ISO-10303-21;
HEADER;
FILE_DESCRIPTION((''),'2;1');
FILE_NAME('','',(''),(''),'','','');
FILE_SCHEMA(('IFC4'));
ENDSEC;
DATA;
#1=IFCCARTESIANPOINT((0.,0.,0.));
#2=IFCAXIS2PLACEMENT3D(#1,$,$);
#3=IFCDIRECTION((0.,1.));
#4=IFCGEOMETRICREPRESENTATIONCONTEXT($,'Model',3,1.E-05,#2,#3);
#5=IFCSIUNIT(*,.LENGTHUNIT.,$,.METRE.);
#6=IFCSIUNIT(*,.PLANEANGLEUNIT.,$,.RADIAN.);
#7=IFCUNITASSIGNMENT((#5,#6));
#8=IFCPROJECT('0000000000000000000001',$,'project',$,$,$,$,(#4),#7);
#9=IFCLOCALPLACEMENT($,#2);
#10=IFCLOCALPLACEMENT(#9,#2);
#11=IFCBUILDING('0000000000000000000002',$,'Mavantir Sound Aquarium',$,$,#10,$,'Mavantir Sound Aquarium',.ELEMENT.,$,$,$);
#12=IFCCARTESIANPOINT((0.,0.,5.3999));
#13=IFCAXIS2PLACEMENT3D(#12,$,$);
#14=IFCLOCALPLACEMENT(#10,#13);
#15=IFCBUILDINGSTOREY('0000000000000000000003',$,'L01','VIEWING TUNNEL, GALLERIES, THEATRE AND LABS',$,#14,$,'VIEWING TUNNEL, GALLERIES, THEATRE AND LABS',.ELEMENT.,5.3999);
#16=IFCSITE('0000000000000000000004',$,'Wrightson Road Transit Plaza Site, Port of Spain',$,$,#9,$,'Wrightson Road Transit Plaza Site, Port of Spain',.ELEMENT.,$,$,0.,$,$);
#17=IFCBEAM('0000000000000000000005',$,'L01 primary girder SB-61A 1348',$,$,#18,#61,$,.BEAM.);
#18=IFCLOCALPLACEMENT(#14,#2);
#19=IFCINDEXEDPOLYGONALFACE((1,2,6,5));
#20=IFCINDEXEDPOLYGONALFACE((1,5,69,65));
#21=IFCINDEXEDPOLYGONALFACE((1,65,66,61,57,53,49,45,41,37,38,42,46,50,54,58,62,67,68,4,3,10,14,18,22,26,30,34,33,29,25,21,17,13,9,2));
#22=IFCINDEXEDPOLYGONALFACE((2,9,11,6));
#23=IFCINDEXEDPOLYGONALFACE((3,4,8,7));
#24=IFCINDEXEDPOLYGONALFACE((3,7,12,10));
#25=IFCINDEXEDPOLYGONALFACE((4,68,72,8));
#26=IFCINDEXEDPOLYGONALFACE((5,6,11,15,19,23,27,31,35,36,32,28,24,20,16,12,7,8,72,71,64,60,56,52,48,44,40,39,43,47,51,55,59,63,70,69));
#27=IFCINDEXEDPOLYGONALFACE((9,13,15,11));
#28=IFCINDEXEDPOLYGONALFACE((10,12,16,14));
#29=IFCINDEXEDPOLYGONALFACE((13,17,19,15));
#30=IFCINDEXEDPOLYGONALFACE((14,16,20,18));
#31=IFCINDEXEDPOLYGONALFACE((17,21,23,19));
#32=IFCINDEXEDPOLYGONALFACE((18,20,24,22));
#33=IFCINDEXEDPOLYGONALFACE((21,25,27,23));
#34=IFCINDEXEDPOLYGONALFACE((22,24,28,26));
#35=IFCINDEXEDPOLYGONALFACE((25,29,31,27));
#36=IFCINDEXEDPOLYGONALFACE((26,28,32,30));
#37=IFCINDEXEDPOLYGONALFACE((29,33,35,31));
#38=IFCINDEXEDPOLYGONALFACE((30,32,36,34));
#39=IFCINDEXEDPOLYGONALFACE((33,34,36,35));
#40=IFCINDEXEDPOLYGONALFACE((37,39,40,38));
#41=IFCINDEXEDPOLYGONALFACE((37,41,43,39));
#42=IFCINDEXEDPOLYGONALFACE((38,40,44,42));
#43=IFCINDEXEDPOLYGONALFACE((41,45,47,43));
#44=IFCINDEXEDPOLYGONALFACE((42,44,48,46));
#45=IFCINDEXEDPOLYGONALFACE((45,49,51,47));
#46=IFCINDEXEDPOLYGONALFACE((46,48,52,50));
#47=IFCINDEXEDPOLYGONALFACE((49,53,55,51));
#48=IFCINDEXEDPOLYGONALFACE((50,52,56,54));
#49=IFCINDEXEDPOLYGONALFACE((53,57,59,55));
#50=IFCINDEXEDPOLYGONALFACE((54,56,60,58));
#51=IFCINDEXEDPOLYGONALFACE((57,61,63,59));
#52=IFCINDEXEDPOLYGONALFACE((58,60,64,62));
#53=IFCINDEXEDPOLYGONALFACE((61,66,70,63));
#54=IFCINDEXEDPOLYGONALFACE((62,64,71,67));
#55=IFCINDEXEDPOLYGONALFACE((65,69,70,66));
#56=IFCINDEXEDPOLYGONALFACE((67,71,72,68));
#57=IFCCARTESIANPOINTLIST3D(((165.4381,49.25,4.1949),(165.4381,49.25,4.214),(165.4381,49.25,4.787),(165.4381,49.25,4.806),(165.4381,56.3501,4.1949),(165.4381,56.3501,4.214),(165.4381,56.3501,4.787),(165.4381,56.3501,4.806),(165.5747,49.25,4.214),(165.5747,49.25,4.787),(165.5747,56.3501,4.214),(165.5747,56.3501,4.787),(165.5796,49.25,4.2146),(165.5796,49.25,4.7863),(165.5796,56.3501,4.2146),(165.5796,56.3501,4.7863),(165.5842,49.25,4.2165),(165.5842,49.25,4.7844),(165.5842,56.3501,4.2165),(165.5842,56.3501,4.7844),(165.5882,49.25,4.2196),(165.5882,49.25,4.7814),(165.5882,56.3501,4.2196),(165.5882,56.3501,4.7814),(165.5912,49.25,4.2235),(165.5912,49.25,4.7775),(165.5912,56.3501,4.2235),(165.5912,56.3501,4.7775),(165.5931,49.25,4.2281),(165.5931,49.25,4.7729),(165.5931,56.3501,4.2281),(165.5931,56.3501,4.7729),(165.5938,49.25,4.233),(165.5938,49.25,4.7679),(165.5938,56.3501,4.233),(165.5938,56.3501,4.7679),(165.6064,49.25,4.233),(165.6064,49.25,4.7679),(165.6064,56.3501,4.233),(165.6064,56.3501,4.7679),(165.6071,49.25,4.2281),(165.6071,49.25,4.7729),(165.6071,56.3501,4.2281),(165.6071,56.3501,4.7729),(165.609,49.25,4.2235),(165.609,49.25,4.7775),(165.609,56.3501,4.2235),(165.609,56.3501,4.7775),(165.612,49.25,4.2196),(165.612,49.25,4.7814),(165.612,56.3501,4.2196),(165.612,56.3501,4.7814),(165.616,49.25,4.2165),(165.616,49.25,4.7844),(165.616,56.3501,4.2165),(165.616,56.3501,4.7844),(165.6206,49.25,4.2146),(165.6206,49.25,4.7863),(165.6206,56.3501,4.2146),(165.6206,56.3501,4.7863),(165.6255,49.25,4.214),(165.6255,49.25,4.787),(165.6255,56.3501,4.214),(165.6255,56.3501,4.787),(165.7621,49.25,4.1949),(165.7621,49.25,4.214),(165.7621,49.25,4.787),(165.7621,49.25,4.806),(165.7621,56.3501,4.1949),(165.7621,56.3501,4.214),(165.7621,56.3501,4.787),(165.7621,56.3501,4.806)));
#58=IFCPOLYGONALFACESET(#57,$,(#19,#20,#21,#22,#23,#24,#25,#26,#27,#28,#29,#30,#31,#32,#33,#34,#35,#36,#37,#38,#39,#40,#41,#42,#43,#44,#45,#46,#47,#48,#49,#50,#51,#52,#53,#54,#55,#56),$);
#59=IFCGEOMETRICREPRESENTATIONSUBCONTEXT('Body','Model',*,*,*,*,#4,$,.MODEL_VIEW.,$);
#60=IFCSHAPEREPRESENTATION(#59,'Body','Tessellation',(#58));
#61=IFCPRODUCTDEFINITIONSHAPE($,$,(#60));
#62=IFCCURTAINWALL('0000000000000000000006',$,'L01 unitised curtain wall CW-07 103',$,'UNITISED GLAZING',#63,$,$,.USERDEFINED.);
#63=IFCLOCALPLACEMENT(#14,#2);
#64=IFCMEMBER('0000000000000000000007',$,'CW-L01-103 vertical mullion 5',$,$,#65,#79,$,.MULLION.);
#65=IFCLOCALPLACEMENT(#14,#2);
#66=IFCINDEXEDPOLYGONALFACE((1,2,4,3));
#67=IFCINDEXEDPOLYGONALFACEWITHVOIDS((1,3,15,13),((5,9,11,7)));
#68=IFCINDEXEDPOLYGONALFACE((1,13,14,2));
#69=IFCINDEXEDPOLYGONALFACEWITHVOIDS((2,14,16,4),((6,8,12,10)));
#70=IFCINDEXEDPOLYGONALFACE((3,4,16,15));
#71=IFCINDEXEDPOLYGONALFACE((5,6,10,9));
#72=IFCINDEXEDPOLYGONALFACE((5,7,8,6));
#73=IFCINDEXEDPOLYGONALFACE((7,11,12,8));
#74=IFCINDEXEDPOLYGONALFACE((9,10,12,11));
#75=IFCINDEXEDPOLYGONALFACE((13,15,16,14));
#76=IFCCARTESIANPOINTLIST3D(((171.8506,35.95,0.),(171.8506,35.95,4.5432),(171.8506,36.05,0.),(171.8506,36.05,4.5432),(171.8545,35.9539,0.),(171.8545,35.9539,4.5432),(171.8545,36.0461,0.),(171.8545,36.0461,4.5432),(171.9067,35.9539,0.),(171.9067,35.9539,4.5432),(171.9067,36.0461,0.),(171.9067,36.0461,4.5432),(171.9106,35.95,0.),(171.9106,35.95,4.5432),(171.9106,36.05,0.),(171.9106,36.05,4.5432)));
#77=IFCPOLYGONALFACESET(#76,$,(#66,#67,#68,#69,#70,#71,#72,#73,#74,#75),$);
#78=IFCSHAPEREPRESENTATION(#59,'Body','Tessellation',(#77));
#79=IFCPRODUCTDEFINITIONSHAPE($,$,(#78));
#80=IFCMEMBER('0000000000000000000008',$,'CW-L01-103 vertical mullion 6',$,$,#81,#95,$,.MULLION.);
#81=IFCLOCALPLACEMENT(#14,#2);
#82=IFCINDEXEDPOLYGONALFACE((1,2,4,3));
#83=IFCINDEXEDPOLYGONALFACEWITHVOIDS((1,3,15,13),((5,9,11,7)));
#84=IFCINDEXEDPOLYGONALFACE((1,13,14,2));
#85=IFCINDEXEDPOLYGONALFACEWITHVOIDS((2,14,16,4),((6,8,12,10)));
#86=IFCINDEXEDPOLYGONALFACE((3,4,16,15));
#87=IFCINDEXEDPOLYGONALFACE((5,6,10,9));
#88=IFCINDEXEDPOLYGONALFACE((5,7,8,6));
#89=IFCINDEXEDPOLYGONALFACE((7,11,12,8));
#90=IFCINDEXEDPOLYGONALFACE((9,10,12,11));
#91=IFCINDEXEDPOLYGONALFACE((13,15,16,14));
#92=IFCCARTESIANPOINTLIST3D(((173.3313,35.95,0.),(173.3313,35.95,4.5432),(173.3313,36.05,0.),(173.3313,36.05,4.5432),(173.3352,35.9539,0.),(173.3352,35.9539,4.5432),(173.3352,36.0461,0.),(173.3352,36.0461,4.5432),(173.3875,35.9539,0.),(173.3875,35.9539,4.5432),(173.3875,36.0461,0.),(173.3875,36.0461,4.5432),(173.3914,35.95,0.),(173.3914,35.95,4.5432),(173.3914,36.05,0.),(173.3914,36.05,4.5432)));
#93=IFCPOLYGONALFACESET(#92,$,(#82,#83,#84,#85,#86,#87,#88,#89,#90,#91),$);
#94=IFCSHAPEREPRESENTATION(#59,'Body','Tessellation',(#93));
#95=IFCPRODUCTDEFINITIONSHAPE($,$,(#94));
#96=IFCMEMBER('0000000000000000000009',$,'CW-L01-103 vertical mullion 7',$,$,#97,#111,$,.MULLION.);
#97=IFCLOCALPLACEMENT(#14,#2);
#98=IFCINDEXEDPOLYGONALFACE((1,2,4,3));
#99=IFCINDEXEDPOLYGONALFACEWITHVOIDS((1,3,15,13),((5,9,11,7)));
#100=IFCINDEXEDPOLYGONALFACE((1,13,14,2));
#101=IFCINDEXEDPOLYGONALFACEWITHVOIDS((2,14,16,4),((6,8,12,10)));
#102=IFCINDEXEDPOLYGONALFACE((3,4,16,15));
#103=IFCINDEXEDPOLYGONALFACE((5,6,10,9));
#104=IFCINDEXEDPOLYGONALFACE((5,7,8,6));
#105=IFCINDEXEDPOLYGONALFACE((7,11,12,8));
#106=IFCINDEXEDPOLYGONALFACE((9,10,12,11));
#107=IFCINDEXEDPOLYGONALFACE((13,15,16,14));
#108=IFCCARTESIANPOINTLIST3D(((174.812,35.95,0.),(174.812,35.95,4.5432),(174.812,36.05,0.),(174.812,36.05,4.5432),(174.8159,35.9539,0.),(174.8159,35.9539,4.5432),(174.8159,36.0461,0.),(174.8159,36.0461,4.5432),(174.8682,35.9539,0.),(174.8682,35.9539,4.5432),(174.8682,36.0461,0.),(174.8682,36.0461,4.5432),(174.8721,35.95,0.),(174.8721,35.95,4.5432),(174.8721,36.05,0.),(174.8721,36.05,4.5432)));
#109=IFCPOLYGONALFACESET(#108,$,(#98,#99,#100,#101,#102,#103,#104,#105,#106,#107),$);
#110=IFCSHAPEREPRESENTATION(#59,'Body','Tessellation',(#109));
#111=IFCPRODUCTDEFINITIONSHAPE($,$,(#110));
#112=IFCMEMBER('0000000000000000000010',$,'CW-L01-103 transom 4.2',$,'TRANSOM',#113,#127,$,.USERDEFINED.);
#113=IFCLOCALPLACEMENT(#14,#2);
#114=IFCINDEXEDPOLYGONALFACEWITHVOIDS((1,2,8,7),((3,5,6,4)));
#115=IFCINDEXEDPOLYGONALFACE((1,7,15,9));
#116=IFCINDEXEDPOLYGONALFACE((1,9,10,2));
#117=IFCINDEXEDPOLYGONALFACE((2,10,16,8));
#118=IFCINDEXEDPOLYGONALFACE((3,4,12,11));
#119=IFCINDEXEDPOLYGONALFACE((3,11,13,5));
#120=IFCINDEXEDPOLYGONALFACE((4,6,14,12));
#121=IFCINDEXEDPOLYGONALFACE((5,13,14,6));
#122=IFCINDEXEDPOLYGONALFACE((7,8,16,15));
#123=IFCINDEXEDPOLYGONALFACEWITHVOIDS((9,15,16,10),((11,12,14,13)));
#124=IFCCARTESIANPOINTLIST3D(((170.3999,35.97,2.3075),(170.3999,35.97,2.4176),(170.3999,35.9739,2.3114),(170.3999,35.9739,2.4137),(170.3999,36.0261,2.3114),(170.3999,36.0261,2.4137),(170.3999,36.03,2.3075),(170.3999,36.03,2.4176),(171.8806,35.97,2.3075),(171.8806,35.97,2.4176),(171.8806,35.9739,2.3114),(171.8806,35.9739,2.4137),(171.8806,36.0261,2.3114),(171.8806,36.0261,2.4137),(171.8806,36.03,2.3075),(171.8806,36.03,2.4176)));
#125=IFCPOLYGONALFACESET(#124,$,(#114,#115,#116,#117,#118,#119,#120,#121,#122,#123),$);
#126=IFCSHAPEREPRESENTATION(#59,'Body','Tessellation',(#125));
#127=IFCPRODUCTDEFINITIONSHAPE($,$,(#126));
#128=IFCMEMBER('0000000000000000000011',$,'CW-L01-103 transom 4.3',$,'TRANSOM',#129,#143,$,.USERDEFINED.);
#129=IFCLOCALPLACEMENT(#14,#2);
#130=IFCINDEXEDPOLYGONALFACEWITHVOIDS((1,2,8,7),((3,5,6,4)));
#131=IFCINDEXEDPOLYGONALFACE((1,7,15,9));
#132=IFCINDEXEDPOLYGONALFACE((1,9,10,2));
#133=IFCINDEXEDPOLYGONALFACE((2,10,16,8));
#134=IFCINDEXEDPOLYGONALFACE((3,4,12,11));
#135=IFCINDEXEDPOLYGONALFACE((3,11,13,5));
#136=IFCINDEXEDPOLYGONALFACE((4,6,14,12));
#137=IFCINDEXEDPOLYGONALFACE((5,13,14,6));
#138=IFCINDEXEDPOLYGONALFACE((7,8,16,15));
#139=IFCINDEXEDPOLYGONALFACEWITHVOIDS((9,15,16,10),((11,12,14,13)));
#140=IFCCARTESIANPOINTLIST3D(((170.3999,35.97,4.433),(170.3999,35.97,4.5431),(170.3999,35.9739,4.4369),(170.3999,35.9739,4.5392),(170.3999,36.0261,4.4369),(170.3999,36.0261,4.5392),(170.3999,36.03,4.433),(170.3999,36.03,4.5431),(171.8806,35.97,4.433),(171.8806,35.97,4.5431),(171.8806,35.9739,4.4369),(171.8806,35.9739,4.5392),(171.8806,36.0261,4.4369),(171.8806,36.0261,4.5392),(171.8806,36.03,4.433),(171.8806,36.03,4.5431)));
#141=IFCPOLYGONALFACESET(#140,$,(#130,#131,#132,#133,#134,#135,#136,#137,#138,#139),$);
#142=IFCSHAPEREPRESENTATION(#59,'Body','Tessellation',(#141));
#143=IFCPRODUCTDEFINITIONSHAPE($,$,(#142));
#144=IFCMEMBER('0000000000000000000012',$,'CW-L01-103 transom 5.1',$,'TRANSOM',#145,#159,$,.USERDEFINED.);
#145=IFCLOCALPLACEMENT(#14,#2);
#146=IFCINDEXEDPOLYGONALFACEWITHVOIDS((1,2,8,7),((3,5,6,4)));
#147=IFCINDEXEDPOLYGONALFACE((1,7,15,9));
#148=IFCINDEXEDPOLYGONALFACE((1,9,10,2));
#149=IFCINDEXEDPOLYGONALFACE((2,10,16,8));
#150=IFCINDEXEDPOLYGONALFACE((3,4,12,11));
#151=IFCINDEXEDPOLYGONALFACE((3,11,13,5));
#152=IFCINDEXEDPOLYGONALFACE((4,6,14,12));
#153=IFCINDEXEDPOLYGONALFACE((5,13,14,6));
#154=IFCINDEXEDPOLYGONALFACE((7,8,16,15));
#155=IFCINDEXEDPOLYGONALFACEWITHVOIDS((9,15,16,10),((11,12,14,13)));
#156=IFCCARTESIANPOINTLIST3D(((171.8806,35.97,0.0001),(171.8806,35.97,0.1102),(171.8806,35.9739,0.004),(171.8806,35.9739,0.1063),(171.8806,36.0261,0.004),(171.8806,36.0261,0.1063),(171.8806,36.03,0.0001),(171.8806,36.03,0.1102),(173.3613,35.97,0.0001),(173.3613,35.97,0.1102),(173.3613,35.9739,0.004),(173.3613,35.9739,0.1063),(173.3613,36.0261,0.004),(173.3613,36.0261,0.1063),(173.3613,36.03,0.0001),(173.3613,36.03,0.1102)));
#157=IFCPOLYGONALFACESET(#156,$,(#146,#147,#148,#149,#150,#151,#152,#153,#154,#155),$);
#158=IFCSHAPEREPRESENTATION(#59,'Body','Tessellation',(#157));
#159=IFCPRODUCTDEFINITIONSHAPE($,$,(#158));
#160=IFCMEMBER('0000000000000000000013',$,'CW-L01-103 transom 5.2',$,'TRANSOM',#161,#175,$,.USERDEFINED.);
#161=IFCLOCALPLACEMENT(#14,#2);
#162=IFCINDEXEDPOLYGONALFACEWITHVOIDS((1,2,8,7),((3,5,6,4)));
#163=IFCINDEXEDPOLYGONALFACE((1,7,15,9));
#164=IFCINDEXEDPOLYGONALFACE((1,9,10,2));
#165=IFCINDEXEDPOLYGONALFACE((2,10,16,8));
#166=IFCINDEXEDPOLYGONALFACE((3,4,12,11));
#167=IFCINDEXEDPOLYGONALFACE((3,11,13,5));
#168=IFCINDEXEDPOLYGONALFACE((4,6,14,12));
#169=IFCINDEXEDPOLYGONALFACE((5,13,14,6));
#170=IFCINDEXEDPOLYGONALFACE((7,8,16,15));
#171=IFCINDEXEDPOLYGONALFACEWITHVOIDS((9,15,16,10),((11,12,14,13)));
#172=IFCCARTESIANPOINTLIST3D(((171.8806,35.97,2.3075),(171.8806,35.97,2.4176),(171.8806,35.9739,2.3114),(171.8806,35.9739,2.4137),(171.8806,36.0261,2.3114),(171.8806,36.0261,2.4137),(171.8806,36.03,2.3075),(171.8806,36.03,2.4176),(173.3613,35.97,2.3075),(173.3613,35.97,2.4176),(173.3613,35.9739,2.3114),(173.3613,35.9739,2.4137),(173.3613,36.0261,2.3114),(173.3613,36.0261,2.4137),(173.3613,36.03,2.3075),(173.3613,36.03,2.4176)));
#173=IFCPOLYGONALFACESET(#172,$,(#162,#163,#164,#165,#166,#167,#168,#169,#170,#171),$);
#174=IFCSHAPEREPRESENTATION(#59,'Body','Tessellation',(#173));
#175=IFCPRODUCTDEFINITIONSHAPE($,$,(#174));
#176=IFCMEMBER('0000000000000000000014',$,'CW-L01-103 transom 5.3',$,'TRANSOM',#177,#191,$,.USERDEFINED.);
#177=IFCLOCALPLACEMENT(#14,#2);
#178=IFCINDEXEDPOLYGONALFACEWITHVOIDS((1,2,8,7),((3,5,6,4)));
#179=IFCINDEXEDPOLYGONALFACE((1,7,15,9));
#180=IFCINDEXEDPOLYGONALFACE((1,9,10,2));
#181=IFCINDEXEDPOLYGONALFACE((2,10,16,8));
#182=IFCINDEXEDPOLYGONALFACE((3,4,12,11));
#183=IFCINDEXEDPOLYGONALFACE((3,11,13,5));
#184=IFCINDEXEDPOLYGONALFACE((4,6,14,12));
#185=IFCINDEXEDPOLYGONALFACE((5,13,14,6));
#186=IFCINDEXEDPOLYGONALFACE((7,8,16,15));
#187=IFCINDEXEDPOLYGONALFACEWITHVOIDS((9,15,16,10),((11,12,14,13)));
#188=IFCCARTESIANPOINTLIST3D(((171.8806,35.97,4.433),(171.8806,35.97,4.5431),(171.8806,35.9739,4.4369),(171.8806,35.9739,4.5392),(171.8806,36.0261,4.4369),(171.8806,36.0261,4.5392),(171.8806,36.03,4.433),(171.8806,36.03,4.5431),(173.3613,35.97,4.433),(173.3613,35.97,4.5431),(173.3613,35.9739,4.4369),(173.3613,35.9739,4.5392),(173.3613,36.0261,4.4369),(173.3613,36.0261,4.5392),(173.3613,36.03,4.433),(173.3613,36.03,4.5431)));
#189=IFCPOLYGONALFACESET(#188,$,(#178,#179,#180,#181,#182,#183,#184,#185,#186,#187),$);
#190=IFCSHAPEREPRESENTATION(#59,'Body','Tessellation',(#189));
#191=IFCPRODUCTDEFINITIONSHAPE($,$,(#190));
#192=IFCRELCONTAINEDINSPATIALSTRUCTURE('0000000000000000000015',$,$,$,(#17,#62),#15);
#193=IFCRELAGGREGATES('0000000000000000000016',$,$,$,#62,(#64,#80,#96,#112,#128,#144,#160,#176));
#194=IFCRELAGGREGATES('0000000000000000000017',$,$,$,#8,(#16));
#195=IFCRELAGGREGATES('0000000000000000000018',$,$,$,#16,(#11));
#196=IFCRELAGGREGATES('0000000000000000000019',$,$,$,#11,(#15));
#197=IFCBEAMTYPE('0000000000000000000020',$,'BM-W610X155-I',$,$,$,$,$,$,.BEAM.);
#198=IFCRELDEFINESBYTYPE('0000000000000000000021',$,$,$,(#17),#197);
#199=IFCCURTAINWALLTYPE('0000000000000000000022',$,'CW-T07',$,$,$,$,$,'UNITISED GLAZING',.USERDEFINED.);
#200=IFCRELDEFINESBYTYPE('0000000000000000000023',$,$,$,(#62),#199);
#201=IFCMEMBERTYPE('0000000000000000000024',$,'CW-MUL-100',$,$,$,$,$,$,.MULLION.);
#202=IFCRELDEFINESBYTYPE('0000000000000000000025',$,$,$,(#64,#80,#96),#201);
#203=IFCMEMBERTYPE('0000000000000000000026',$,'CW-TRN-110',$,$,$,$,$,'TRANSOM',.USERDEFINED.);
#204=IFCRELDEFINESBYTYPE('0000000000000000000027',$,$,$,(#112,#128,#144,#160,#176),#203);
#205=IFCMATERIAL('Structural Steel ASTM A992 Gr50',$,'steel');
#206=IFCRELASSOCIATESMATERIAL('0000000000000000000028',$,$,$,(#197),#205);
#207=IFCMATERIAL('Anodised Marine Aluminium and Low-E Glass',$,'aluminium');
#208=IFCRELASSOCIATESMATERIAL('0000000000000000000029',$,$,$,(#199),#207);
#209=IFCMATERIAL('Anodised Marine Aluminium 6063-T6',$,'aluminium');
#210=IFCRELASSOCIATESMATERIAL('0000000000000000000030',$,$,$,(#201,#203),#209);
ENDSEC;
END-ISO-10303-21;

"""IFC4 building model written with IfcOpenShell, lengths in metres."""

from ifc_helpers import new_model, si_unit, direction, frame, origin, origin_2d, place, context, subcontext, project, spatial, hollow_rectangle, i_section, extrude, material, material_profile, profile_set, type_object, element, aggregate, save


model = new_model("IFC4")

# Units and contexts
model_context = context("Model", 3, precision=1e-05, world=origin(), true_north=direction((0.0, 1.0)))
body_context = subcontext(model_context, "Body", "Model", "MODEL_VIEW")
ifc_project = project(units=[si_unit("LENGTHUNIT", "METRE"), si_unit("PLANEANGLEUNIT", "RADIAN")], contexts=[model_context])

# Site, building, storey
site_placement = place(None, origin())
site = spatial("IfcSite", under=ifc_project, at=site_placement, Name="Wrightson Road Transit Plaza Site, Port of Spain", LongName="Wrightson Road Transit Plaza Site, Port of Spain", CompositionType="ELEMENT", RefElevation=0.0)
building_placement = place(site_placement, origin())
building = spatial("IfcBuilding", under=site, at=building_placement, Name="Mavantir Sound Aquarium", LongName="Mavantir Sound Aquarium", CompositionType="ELEMENT")
storey_placement = place(building_placement, frame((0.0, 0.0, 5.3999)))
storey = spatial("IfcBuildingStorey", under=building, at=storey_placement, Name="L01", Description="VIEWING TUNNEL, GALLERIES, THEATRE AND LABS", LongName="VIEWING TUNNEL, GALLERIES, THEATRE AND LABS", CompositionType="ELEMENT", Elevation=5.3999)

# Beam
ifc_material_1 = material(Name="Structural Steel ASTM A992 Gr50", Category="steel")
ifc_material_profile_1 = material_profile(ifc_material_1, i_section(OverallWidth=0.324, OverallDepth=0.6111, WebThickness=0.0127, FlangeThickness=0.019, FilletRadius=0.019, at=origin_2d()), Name="W610X155")
ifc_profile_set_1 = profile_set([ifc_material_profile_1], Name="Structural Steel ASTM A992 Gr50")
beam_type_1 = type_object("IfcBeamType", Name="BM-W610X155-I", PredefinedType="BEAM", material=ifc_profile_set_1)
beam_1_placement = place(storey_placement, frame((165.6001, 49.25, 4.5005), z_axis=(0.0, 1.0, 0.0), x_axis=(-1.0, 0.0, 0.0)))
element("IfcBeam", 1, at=beam_1_placement, inside=storey, type_object=beam_type_1, Name="L01 primary girder SB-61A 1348", PredefinedType="BEAM", context=body_context, shape_type="SweptSolid", body=[
    extrude(i_section(OverallWidth=0.324, OverallDepth=0.6111, WebThickness=0.0127, FlangeThickness=0.019, FilletRadius=0.019, at=origin_2d()), origin(), (0.0, 0.0, 1.0), 7.1001),
])

# Curtain wall, members
ifc_material_2 = material(Name="Anodised Marine Aluminium and Low-E Glass", Category="aluminium")
curtain_wall_type = type_object("IfcCurtainWallType", Name="CW-T07", ElementType="UNITISED GLAZING", PredefinedType="USERDEFINED", material=ifc_material_2)
curtain_wall_placement = place(storey_placement, origin())
curtain_wall = element("IfcCurtainWall", 2, at=curtain_wall_placement, inside=storey, type_object=curtain_wall_type, Name="L01 unitised curtain wall CW-07 103", ObjectType="UNITISED GLAZING", PredefinedType="USERDEFINED")
ifc_material_3 = material(Name="Anodised Marine Aluminium 6063-T6", Category="aluminium")
ifc_material_profile_2 = material_profile(ifc_material_3, hollow_rectangle(XDim=0.0601, YDim=0.1001, WallThickness=0.0039, at=origin_2d()), Name="ALU-MULLION-100X60")
ifc_profile_set_2 = profile_set([ifc_material_profile_2], Name="Anodised Marine Aluminium 6063-T6")
member_type_1 = type_object("IfcMemberType", Name="CW-MUL-100", PredefinedType="MULLION", material=ifc_profile_set_2)
member_1_placement = place(storey_placement, frame((171.8806, 36.0, 0.0), z_axis=(0.0, 0.0, 1.0), x_axis=(1.0, 0.0, 0.0)))
member_1 = element("IfcMember", 3, at=member_1_placement, type_object=member_type_1, Name="CW-L01-103 vertical mullion 5", PredefinedType="MULLION", context=body_context, shape_type="SweptSolid", body=[
    extrude(hollow_rectangle(XDim=0.0601, YDim=0.1001, WallThickness=0.0039, at=origin_2d()), origin(), (0.0, 0.0, 1.0), 4.5432),
])
member_2_placement = place(storey_placement, frame((173.3613, 36.0, 0.0), z_axis=(0.0, 0.0, 1.0), x_axis=(1.0, 0.0, 0.0)))
member_2 = element("IfcMember", 4, at=member_2_placement, type_object=member_type_1, Name="CW-L01-103 vertical mullion 6", PredefinedType="MULLION", context=body_context, shape_type="SweptSolid", body=[
    extrude(hollow_rectangle(XDim=0.0601, YDim=0.1001, WallThickness=0.0039, at=origin_2d()), origin(), (0.0, 0.0, 1.0), 4.5432),
])
member_3_placement = place(storey_placement, frame((174.842, 36.0, 0.0), z_axis=(0.0, 0.0, 1.0), x_axis=(1.0, 0.0, 0.0)))
member_3 = element("IfcMember", 5, at=member_3_placement, type_object=member_type_1, Name="CW-L01-103 vertical mullion 7", PredefinedType="MULLION", context=body_context, shape_type="SweptSolid", body=[
    extrude(hollow_rectangle(XDim=0.0601, YDim=0.1001, WallThickness=0.0039, at=origin_2d()), origin(), (0.0, 0.0, 1.0), 4.5432),
])
ifc_material_profile_3 = material_profile(ifc_material_3, hollow_rectangle(XDim=0.0601, YDim=0.1101, WallThickness=0.0039, at=origin_2d()), Name="ALU-TRANSOM-110X60")
ifc_profile_set_3 = profile_set([ifc_material_profile_3], Name="Anodised Marine Aluminium 6063-T6")
member_type_2 = type_object("IfcMemberType", Name="CW-TRN-110", ElementType="TRANSOM", PredefinedType="USERDEFINED", material=ifc_profile_set_3)
member_4_placement = place(storey_placement, frame((170.3999, 36.0, 2.3625), z_axis=(1.0, 0.0, 0.0), x_axis=(0.0, 1.0, 0.0)))
member_4 = element("IfcMember", 6, at=member_4_placement, type_object=member_type_2, Name="CW-L01-103 transom 4.2", ObjectType="TRANSOM", PredefinedType="USERDEFINED", context=body_context, shape_type="SweptSolid", body=[
    extrude(hollow_rectangle(XDim=0.0601, YDim=0.1101, WallThickness=0.0039, at=origin_2d()), origin(), (0.0, 0.0, 1.0), 1.4807),
])
member_5_placement = place(storey_placement, frame((170.3999, 36.0, 4.488), z_axis=(1.0, 0.0, 0.0), x_axis=(0.0, 1.0, 0.0)))
member_5 = element("IfcMember", 7, at=member_5_placement, type_object=member_type_2, Name="CW-L01-103 transom 4.3", ObjectType="TRANSOM", PredefinedType="USERDEFINED", context=body_context, shape_type="SweptSolid", body=[
    extrude(hollow_rectangle(XDim=0.0601, YDim=0.1101, WallThickness=0.0039, at=origin_2d()), origin(), (0.0, 0.0, 1.0), 1.4807),
])
member_6_placement = place(storey_placement, frame((171.8806, 36.0, 0.0552), z_axis=(1.0, 0.0, 0.0), x_axis=(0.0, 1.0, 0.0)))
member_6 = element("IfcMember", 8, at=member_6_placement, type_object=member_type_2, Name="CW-L01-103 transom 5.1", ObjectType="TRANSOM", PredefinedType="USERDEFINED", context=body_context, shape_type="SweptSolid", body=[
    extrude(hollow_rectangle(XDim=0.0601, YDim=0.1101, WallThickness=0.0039, at=origin_2d()), origin(), (0.0, 0.0, 1.0), 1.4807),
])
member_7_placement = place(storey_placement, frame((171.8806, 36.0, 2.3625), z_axis=(1.0, 0.0, 0.0), x_axis=(0.0, 1.0, 0.0)))
member_7 = element("IfcMember", 9, at=member_7_placement, type_object=member_type_2, Name="CW-L01-103 transom 5.2", ObjectType="TRANSOM", PredefinedType="USERDEFINED", context=body_context, shape_type="SweptSolid", body=[
    extrude(hollow_rectangle(XDim=0.0601, YDim=0.1101, WallThickness=0.0039, at=origin_2d()), origin(), (0.0, 0.0, 1.0), 1.4807),
])
member_8_placement = place(storey_placement, frame((171.8806, 36.0, 4.488), z_axis=(1.0, 0.0, 0.0), x_axis=(0.0, 1.0, 0.0)))
member_8 = element("IfcMember", 10, at=member_8_placement, type_object=member_type_2, Name="CW-L01-103 transom 5.3", ObjectType="TRANSOM", PredefinedType="USERDEFINED", context=body_context, shape_type="SweptSolid", body=[
    extrude(hollow_rectangle(XDim=0.0601, YDim=0.1101, WallThickness=0.0039, at=origin_2d()), origin(), (0.0, 0.0, 1.0), 1.4807),
])
aggregate(curtain_wall, [member_1, member_2, member_3, member_4, member_5, member_6, member_7, member_8])

save(model, "model.ifc")
